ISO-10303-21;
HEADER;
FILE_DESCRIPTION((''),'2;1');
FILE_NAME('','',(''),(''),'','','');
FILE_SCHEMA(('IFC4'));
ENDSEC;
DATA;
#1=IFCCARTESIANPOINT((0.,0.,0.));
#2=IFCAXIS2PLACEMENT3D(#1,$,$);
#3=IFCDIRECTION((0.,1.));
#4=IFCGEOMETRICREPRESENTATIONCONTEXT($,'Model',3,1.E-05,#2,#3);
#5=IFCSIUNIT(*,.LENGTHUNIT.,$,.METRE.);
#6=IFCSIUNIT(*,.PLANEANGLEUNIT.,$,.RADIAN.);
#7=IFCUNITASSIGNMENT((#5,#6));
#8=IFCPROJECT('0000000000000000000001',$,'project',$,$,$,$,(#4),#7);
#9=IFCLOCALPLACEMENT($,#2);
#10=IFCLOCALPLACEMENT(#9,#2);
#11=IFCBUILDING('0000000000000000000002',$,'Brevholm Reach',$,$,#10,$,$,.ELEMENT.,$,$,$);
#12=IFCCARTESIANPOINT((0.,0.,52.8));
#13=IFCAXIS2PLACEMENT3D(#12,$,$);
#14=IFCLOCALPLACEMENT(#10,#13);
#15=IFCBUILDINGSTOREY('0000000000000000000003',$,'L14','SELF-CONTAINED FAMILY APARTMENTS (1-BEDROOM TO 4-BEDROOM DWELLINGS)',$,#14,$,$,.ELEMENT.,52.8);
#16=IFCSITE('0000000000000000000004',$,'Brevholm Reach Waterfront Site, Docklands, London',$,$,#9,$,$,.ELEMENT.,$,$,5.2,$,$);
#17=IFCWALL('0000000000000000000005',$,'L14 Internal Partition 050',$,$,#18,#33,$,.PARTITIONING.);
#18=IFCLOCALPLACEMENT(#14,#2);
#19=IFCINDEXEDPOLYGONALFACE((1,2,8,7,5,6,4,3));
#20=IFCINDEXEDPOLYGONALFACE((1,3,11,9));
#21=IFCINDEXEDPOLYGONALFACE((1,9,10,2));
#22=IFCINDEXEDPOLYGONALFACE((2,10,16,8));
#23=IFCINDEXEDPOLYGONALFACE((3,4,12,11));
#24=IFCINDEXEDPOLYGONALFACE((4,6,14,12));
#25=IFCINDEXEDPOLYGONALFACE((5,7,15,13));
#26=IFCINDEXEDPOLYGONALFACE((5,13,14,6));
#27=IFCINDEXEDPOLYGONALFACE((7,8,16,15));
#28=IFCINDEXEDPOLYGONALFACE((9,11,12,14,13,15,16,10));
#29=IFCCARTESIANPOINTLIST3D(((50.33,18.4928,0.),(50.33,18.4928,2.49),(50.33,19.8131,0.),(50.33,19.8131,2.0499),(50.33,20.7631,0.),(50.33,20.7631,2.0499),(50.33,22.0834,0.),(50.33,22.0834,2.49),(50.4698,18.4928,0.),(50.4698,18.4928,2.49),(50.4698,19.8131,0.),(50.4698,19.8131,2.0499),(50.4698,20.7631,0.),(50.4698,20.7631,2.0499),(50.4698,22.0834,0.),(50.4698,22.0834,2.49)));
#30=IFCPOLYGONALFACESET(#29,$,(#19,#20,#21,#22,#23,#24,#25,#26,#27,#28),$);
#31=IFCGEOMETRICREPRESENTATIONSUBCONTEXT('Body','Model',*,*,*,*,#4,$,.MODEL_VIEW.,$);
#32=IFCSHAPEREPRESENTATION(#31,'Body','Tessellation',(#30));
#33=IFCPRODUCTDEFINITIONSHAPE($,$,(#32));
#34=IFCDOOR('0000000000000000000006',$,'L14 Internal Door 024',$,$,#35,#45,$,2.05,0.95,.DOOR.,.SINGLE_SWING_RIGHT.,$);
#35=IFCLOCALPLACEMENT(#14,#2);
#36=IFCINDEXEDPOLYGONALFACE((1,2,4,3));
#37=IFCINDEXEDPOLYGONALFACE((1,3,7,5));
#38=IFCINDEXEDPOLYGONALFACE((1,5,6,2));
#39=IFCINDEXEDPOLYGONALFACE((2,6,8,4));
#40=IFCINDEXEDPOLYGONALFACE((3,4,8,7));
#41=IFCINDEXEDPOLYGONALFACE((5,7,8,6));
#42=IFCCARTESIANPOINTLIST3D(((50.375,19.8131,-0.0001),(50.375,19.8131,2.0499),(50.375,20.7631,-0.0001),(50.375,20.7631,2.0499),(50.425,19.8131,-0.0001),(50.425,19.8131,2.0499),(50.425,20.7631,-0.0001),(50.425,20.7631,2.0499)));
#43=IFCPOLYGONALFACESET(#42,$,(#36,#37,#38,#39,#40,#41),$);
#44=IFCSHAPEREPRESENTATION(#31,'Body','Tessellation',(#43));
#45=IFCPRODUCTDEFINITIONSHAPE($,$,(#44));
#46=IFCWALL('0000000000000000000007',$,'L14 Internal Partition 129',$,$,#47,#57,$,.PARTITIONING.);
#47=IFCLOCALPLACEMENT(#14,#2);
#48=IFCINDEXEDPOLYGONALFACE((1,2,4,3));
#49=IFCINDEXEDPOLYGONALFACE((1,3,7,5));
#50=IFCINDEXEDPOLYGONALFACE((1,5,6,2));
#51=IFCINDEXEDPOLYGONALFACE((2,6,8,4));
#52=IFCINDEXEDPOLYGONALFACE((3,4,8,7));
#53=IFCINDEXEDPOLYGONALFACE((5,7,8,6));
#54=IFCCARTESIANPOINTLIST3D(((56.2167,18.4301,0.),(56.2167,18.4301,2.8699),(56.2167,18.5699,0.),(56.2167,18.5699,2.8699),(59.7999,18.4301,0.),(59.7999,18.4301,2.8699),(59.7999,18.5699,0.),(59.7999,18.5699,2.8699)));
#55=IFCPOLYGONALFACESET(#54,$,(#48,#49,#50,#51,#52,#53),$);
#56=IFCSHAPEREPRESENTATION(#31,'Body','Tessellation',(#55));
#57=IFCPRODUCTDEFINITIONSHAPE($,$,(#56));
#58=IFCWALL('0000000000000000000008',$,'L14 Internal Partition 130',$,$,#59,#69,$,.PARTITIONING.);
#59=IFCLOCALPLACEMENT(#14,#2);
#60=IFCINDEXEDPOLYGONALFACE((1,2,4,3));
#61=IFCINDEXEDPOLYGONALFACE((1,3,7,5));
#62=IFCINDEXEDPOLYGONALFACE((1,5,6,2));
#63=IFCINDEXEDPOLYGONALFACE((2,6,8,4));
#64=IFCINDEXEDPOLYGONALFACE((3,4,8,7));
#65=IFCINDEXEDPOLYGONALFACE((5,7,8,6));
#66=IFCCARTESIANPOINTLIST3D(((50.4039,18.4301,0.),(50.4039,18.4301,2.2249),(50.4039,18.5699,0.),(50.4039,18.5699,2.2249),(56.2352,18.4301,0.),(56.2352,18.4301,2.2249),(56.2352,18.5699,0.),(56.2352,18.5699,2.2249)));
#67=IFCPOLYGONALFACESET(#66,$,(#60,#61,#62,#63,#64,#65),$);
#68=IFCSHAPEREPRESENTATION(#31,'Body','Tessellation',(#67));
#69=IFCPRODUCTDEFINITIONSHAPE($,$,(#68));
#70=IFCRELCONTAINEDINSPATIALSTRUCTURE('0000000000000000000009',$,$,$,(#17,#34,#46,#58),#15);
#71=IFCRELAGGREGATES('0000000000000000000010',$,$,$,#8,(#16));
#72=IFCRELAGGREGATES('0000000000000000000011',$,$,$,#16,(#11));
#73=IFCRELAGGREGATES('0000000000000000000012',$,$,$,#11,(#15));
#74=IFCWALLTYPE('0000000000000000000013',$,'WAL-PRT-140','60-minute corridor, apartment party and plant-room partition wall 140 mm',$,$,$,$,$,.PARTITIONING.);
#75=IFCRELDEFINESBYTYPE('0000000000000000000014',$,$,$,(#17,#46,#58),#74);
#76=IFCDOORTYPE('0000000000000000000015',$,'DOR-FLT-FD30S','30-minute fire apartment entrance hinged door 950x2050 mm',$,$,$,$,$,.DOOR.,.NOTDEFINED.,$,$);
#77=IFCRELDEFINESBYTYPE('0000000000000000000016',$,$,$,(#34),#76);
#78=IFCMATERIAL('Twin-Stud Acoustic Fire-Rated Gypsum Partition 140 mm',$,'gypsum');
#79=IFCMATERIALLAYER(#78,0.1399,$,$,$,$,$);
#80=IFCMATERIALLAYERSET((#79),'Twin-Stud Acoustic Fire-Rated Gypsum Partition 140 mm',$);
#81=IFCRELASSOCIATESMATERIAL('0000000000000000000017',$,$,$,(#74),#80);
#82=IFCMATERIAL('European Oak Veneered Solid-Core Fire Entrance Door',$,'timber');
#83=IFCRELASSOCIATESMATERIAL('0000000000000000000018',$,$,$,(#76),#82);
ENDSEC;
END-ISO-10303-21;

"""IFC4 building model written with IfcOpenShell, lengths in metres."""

from ifc_helpers import new_model, si_unit, direction, frame, frame_2d, origin, place, context, subcontext, project, spatial, rectangle, extrude, material, layer, layer_set, type_object, element, fill, save


model = new_model("IFC4")

# Units and contexts
model_context = context("Model", 3, precision=1e-05, world=origin(), true_north=direction((0.0, 1.0)))
body_context = subcontext(model_context, "Body", "Model", "MODEL_VIEW")
ifc_project = project(units=[si_unit("LENGTHUNIT", "METRE"), si_unit("PLANEANGLEUNIT", "RADIAN")], contexts=[model_context])

# Site, building, storey
site_placement = place(None, origin())
site = spatial("IfcSite", under=ifc_project, at=site_placement, Name="Brevholm Reach Waterfront Site, Docklands, London", CompositionType="ELEMENT", RefElevation=5.2)
building_placement = place(site_placement, origin())
building = spatial("IfcBuilding", under=site, at=building_placement, Name="Brevholm Reach", CompositionType="ELEMENT")
storey_placement = place(building_placement, frame((0.0, 0.0, 52.8)))
storey = spatial("IfcBuildingStorey", under=building, at=storey_placement, Name="L14", Description="SELF-CONTAINED FAMILY APARTMENTS (1-BEDROOM TO 4-BEDROOM DWELLINGS)", CompositionType="ELEMENT", Elevation=52.8)

# Shared definitions
ifc_material_1 = material(Name="Twin-Stud Acoustic Fire-Rated Gypsum Partition 140 mm", Category="gypsum")
ifc_layer_1 = layer(ifc_material_1, 0.1399)
ifc_layer_set_1 = layer_set([ifc_layer_1], Name="Twin-Stud Acoustic Fire-Rated Gypsum Partition 140 mm")
wall_type_1 = type_object("IfcWallType", Name="WAL-PRT-140", Description="60-minute corridor, apartment party and plant-room partition wall 140 mm", PredefinedType="PARTITIONING", material=ifc_layer_set_1)
ifc_material_2 = material(Name="European Oak Veneered Solid-Core Fire Entrance Door", Category="timber")
door_type_1 = type_object("IfcDoorType", Name="DOR-FLT-FD30S", Description="30-minute fire apartment entrance hinged door 950x2050 mm", OperationType="NOTDEFINED", PredefinedType="DOOR", material=ifc_material_2)

# Wall, opening, door
wall_1_placement = place(storey_placement, frame((50.3999, 18.4927, 0.0), z_axis=(0.0, 0.0, 1.0), x_axis=(0.0, 1.0, 0.0)))
wall_1 = element("IfcWall", 1, at=wall_1_placement, inside=storey, type_object=wall_type_1, Name="L14 Internal Partition 050", PredefinedType="PARTITIONING", context=body_context, shape_type="SweptSolid", body=[
    extrude(rectangle(XDim=3.5906, YDim=0.1399, at=frame_2d((1.7954, 0.0))), origin(), (0.0, 0.0, 1.0), 2.49),
])
opening_1_placement = place(wall_1_placement, frame((1.3203, 0.0, 0.0)))
opening_1 = element("IfcOpeningElement", 2, at=opening_1_placement, cuts=wall_1, PredefinedType="OPENING", context=body_context, shape_type="SweptSolid", body=[
    extrude(rectangle(XDim=0.95, YDim=2.05, at=frame_2d((0.4751, 1.0249))), frame((0.0, 0.0798, 0.0), z_axis=(0.0, -1.0, 0.0), x_axis=(1.0, 0.0, 0.0)), (0.0, 0.0, 1.0), 0.1599),
])
door_1_placement = place(opening_1_placement, origin())
door_1 = element("IfcDoor", 3, at=door_1_placement, inside=storey, type_object=door_type_1, Name="L14 Internal Door 024", OperationType="SINGLE_SWING_RIGHT", OverallHeight=2.05, OverallWidth=0.95, PredefinedType="DOOR", context=body_context, shape_type="SweptSolid", body=[
    extrude(rectangle(XDim=0.95, YDim=2.05, at=frame_2d((0.4751, 1.0249))), frame((0.0, 0.0249, 0.0), z_axis=(0.0, -1.0, 0.0), x_axis=(1.0, 0.0, 0.0)), (0.0, 0.0, 1.0), 0.05),
])
fill(opening_1, door_1)

# Walls
wall_2_placement = place(storey_placement, frame((56.2168, 18.5, 0.0), z_axis=(0.0, 0.0, 1.0), x_axis=(1.0, 0.0, 0.0)))
element("IfcWall", 4, at=wall_2_placement, inside=storey, type_object=wall_type_1, Name="L14 Internal Partition 129", PredefinedType="PARTITIONING", context=body_context, shape_type="SweptSolid", body=[
    extrude(rectangle(XDim=3.5833, YDim=0.1399, at=frame_2d((1.7915, 0.0))), origin(), (0.0, 0.0, 1.0), 2.8699),
])
wall_3_placement = place(storey_placement, frame((50.4041, 18.5, 0.0), z_axis=(0.0, 0.0, 1.0), x_axis=(1.0, 0.0, 0.0)))
element("IfcWall", 5, at=wall_3_placement, inside=storey, type_object=wall_type_1, Name="L14 Internal Partition 130", PredefinedType="PARTITIONING", context=body_context, shape_type="SweptSolid", body=[
    extrude(rectangle(XDim=5.8313, YDim=0.1399, at=frame_2d((2.9155, 0.0))), origin(), (0.0, 0.0, 1.0), 2.2249),
])

save(model, "model.ifc")
